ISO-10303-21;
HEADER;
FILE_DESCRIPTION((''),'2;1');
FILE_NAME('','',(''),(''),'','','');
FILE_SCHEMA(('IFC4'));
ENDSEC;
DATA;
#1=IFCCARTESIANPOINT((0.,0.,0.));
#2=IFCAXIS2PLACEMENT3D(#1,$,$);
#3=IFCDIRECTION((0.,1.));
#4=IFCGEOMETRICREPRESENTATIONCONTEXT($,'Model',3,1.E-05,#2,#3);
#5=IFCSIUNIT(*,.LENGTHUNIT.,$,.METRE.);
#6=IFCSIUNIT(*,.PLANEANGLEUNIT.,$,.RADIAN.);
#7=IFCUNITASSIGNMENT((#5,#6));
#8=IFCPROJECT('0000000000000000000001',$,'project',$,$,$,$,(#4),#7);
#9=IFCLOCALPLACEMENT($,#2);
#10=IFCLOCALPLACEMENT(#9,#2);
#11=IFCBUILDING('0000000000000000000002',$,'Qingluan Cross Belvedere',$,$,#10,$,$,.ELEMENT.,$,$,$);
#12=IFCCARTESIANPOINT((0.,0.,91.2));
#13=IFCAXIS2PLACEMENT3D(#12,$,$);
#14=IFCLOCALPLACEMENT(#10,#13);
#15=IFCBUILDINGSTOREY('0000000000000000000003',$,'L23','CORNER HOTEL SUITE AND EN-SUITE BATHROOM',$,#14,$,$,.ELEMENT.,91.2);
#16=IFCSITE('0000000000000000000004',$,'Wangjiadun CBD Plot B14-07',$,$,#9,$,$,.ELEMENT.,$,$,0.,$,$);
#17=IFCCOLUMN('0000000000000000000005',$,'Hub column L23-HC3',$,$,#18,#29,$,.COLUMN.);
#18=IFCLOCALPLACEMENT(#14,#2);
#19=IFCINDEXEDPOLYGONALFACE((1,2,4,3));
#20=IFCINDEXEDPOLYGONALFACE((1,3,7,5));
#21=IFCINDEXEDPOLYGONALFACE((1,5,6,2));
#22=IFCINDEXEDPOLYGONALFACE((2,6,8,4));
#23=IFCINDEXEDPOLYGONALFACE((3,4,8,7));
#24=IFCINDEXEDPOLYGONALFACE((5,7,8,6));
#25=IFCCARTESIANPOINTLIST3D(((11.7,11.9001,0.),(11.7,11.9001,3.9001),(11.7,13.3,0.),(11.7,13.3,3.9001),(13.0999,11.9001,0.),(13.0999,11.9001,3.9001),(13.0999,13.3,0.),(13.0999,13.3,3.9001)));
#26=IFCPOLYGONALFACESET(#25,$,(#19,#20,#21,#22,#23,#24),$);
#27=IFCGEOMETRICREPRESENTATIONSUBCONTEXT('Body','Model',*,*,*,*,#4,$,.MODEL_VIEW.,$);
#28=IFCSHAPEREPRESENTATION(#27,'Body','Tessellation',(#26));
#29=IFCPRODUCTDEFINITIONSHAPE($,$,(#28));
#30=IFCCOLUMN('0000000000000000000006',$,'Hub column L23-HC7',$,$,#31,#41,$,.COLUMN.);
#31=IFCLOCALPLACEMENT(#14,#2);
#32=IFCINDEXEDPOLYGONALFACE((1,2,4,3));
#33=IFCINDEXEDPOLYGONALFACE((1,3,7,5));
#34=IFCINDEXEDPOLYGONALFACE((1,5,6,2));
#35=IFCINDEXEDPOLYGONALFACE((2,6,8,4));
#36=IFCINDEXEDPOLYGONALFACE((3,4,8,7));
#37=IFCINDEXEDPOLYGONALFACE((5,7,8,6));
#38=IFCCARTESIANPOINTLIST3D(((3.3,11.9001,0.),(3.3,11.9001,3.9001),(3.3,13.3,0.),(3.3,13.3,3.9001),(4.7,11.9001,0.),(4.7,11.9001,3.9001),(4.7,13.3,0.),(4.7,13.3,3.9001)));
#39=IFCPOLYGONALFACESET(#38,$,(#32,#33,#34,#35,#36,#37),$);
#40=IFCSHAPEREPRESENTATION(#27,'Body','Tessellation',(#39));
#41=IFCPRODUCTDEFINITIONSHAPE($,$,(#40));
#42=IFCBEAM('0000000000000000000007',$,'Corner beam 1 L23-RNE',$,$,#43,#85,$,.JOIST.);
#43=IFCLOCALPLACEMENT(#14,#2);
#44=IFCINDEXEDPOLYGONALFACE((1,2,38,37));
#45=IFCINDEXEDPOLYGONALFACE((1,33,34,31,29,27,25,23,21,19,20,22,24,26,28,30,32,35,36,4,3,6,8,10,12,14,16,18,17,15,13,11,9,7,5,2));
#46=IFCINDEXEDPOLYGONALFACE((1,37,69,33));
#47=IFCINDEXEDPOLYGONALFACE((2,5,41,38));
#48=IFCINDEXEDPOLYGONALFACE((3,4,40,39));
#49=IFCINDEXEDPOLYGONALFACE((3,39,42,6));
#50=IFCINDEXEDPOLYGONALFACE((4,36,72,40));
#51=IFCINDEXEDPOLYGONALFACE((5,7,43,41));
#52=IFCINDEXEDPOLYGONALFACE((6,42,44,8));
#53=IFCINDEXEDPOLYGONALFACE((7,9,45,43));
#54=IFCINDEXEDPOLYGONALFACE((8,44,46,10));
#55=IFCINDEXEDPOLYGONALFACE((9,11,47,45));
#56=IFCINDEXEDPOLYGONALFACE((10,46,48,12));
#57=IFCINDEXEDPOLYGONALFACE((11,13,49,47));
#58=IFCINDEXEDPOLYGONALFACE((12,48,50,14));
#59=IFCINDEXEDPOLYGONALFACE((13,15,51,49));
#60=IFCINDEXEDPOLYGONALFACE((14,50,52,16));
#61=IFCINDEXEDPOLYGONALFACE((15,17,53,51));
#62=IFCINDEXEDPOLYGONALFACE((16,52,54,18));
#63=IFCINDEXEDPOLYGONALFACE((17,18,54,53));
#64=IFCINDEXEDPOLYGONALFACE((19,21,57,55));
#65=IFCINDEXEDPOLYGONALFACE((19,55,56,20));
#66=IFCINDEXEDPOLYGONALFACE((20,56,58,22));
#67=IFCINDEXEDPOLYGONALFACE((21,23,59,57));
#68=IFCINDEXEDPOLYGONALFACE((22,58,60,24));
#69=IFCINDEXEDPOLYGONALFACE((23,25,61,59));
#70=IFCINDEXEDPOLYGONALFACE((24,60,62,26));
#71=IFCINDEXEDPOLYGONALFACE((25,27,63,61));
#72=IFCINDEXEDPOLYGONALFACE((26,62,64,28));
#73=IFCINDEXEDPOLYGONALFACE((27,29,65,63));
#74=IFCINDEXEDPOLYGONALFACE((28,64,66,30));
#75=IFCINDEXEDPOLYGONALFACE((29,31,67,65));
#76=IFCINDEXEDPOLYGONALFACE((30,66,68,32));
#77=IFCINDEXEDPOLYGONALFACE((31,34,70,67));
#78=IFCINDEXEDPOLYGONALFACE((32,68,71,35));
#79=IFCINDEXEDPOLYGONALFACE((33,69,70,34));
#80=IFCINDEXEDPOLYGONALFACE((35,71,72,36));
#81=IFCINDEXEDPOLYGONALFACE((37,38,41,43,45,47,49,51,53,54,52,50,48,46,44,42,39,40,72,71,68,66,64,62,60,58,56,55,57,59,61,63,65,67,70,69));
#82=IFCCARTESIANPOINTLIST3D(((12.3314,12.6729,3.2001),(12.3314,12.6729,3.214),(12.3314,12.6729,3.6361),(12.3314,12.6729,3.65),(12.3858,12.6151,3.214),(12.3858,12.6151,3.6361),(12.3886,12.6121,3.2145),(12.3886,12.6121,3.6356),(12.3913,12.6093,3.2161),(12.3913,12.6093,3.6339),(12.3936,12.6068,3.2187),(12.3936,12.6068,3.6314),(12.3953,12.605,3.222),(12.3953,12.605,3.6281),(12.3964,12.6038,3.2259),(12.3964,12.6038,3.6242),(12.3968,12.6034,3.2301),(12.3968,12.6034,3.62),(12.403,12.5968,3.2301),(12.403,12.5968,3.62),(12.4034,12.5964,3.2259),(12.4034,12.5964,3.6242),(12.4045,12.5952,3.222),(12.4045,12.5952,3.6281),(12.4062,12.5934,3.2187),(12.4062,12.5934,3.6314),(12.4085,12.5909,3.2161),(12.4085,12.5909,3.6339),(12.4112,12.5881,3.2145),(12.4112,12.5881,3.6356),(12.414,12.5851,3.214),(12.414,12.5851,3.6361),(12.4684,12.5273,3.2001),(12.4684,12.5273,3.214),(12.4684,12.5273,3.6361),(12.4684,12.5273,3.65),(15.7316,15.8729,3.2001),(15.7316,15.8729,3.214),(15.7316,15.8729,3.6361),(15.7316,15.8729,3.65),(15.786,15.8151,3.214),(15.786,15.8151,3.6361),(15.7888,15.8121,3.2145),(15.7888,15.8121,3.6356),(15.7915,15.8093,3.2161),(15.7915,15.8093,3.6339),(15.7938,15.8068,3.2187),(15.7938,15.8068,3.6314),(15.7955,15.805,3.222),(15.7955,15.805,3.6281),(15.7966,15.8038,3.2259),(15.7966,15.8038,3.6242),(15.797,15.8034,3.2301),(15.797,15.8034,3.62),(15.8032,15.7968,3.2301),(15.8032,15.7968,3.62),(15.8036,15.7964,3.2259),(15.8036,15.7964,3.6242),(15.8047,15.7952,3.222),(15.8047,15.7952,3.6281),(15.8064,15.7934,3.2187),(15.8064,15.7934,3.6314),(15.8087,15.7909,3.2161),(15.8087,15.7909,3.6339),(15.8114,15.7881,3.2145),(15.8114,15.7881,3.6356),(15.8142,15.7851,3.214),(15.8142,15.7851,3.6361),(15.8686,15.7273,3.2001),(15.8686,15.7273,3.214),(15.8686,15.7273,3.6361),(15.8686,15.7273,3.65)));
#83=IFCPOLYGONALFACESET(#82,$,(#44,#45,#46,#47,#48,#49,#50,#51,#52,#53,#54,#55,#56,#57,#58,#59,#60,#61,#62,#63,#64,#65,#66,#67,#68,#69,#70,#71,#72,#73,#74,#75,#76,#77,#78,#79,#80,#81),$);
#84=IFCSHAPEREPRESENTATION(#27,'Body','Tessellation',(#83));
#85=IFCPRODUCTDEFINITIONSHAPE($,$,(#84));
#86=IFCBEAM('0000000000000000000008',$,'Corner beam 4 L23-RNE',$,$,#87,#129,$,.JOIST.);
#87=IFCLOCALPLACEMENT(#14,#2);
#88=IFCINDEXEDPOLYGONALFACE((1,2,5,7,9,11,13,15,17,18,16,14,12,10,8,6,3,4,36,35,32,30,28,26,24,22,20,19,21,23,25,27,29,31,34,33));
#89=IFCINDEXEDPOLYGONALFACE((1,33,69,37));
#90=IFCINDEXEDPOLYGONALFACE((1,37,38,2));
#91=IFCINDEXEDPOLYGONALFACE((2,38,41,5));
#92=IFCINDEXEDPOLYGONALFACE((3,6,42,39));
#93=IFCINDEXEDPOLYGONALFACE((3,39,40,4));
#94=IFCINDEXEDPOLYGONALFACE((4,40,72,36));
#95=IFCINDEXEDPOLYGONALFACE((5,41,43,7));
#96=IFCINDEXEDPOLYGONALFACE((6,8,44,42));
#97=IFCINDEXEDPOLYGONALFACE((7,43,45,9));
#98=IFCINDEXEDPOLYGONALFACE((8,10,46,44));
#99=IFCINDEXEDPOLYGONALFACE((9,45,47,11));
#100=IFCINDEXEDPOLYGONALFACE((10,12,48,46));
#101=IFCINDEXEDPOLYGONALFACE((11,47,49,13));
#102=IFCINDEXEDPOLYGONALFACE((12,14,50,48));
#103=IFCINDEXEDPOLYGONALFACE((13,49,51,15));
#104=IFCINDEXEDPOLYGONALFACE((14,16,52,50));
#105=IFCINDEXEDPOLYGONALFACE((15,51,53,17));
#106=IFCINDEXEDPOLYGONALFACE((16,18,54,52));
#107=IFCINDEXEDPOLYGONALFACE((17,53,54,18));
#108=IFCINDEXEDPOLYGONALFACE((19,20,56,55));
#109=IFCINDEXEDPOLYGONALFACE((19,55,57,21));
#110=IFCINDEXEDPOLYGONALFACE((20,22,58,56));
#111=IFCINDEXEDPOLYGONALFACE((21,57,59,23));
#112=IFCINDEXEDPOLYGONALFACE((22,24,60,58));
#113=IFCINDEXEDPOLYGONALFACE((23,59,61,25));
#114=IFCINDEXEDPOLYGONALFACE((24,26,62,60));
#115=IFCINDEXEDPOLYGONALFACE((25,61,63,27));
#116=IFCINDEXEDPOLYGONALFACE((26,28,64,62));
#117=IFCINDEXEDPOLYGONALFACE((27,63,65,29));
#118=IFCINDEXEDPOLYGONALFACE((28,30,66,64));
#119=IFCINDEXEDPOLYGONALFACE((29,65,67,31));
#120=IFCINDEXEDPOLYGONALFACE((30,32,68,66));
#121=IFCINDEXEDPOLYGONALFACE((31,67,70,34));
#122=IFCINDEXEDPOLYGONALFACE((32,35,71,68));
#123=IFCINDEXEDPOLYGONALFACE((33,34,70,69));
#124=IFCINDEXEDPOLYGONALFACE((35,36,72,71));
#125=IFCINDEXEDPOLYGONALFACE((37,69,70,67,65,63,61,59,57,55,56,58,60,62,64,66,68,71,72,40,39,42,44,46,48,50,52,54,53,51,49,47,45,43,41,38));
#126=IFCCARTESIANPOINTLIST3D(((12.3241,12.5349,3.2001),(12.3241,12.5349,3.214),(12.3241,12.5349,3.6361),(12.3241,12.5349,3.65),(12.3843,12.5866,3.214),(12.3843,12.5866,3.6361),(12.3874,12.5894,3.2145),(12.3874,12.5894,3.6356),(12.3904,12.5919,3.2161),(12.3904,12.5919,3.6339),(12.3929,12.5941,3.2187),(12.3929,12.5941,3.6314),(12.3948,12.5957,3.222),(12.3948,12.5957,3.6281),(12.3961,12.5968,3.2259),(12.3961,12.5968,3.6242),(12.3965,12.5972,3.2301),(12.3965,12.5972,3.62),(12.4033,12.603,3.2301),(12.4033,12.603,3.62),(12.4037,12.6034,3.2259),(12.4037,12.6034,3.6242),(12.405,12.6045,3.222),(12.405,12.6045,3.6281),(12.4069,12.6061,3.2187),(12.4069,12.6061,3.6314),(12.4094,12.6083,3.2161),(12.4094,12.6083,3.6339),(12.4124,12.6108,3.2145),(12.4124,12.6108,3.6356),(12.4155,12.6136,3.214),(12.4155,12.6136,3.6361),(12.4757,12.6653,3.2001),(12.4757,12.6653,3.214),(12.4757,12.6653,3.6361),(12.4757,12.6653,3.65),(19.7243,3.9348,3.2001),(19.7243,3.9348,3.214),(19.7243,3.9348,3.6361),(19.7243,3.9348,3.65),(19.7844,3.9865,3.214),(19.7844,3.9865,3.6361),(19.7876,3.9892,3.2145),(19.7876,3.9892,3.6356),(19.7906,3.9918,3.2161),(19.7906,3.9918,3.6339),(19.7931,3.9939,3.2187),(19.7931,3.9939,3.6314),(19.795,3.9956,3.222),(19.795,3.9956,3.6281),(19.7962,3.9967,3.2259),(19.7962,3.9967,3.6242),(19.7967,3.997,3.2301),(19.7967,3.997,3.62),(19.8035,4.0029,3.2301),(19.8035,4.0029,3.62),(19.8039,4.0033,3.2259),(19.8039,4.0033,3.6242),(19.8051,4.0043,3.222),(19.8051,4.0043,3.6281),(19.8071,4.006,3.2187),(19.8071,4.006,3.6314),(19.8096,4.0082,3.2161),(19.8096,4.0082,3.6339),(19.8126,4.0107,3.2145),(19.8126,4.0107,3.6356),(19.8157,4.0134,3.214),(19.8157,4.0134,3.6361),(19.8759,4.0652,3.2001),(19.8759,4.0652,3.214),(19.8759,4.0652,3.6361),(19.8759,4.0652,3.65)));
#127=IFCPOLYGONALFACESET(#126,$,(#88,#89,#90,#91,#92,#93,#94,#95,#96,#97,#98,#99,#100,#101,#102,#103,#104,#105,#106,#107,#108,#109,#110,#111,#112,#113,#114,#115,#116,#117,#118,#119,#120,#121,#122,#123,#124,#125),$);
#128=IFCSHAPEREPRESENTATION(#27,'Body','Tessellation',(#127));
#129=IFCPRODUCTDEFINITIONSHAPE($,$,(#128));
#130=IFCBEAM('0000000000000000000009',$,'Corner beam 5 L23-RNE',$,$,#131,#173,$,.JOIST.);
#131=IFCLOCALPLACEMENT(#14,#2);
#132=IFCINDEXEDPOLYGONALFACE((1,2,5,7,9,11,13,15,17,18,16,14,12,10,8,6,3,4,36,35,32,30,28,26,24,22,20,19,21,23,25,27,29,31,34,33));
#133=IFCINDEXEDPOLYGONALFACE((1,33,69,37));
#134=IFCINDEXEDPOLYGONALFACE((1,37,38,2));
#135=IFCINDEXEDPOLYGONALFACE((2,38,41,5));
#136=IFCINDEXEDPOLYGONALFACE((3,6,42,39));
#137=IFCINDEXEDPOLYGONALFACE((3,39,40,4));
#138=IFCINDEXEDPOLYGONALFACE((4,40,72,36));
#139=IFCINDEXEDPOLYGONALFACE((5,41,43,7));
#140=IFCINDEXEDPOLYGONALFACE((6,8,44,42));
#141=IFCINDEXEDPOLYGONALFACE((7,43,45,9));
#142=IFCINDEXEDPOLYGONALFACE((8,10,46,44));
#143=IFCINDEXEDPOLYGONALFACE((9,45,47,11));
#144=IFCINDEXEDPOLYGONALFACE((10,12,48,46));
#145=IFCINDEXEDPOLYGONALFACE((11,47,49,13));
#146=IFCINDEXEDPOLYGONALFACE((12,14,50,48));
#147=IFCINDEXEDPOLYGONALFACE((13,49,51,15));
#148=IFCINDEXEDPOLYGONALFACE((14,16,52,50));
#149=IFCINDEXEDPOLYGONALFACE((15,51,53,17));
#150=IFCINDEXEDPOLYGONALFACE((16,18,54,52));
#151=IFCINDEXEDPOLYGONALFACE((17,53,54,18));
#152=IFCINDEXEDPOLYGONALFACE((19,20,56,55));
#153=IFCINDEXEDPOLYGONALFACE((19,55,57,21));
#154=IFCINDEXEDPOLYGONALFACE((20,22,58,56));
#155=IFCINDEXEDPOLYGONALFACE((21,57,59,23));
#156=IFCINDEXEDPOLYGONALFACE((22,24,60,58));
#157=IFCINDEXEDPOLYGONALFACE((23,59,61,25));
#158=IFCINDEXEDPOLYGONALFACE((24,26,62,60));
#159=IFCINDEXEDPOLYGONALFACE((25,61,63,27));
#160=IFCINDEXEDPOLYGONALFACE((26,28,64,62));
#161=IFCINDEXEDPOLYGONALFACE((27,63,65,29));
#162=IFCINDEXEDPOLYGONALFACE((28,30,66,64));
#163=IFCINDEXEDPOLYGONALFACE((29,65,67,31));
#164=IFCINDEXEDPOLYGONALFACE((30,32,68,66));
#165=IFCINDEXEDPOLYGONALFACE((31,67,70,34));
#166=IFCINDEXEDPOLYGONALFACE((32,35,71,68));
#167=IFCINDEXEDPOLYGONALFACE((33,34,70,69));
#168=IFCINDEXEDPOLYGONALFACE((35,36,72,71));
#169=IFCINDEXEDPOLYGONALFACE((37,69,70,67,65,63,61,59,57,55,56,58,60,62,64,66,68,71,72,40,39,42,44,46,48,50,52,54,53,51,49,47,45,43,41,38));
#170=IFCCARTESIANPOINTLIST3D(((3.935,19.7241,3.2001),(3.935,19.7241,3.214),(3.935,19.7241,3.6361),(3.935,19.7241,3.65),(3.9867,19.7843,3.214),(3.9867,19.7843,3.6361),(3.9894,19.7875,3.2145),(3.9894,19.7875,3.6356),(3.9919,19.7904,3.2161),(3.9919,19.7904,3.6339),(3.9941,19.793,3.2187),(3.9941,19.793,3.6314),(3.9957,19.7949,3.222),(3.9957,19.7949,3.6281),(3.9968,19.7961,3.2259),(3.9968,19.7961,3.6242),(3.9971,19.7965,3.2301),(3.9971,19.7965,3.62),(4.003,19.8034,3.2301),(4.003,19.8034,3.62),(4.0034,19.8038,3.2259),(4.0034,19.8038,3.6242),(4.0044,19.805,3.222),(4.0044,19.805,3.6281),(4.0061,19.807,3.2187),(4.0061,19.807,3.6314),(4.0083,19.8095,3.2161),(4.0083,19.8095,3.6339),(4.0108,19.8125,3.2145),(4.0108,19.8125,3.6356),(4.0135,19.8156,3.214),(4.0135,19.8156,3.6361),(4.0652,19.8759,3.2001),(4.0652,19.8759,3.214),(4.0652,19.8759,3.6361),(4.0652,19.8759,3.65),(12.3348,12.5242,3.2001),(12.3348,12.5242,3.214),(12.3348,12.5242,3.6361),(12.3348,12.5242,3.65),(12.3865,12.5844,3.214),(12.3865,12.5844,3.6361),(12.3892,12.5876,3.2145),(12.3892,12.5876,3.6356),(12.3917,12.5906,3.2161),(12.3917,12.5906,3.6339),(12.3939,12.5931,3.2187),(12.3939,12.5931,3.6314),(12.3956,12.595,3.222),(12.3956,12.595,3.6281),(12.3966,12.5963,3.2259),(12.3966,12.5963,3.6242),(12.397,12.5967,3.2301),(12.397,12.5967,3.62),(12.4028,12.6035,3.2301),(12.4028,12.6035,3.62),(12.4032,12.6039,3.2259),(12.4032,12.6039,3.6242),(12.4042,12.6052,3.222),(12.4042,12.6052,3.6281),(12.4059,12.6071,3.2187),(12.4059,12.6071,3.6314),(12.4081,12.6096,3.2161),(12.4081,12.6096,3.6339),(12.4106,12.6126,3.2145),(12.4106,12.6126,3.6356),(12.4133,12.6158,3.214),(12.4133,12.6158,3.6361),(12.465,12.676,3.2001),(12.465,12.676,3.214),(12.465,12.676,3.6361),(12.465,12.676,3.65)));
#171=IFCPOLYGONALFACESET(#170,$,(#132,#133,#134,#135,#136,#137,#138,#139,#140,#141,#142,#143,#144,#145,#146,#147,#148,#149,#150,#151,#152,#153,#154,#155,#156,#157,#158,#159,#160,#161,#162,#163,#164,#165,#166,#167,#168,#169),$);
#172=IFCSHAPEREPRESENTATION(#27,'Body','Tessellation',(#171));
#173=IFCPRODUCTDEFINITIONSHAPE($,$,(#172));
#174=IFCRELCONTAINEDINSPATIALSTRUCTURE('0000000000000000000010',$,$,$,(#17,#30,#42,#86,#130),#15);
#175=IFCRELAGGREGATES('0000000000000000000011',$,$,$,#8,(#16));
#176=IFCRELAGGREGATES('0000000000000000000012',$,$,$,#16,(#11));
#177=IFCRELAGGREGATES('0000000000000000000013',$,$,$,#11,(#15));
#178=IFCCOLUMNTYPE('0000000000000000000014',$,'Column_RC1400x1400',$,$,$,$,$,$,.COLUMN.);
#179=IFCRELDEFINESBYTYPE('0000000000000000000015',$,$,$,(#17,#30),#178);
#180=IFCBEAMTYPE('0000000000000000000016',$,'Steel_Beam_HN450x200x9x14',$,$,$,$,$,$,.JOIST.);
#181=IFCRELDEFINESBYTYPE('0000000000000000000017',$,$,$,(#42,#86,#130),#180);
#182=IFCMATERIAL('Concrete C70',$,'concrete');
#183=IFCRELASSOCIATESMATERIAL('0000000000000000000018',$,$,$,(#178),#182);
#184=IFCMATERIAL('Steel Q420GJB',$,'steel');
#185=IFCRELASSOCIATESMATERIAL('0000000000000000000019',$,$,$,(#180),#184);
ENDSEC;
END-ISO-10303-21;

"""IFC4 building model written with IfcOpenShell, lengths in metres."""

from ifc_helpers import new_model, si_unit, direction, frame, origin, origin_2d, place, context, subcontext, project, spatial, rectangle, i_section, extrude, material, material_profile, profile_set, type_object, element, save


model = new_model("IFC4")

# Units and contexts
model_context = context("Model", 3, precision=1e-05, world=origin(), true_north=direction((0.0, 1.0)))
body_context = subcontext(model_context, "Body", "Model", "MODEL_VIEW")
ifc_project = project(units=[si_unit("LENGTHUNIT", "METRE"), si_unit("PLANEANGLEUNIT", "RADIAN")], contexts=[model_context])

# Site, building, storey
site_placement = place(None, origin())
site = spatial("IfcSite", under=ifc_project, at=site_placement, Name="Wangjiadun CBD Plot B14-07", CompositionType="ELEMENT", RefElevation=0.0)
building_placement = place(site_placement, origin())
building = spatial("IfcBuilding", under=site, at=building_placement, Name="Qingluan Cross Belvedere", CompositionType="ELEMENT")
storey_placement = place(building_placement, frame((0.0, 0.0, 91.2)))
storey = spatial("IfcBuildingStorey", under=building, at=storey_placement, Name="L23", Description="CORNER HOTEL SUITE AND EN-SUITE BATHROOM", CompositionType="ELEMENT", Elevation=91.2)

# Columns
ifc_material_1 = material(Name="Concrete C70", Category="concrete")
ifc_material_profile_1 = material_profile(ifc_material_1, rectangle(XDim=1.3999, YDim=1.3999, at=origin_2d()), Name="RC1400x1400")
ifc_profile_set_1 = profile_set([ifc_material_profile_1], Name="Concrete C70")
column_type = type_object("IfcColumnType", Name="Column_RC1400x1400", PredefinedType="COLUMN", material=ifc_profile_set_1)
for number, where, z_axis, x_axis, name in (
    (1, (12.3999, 12.6001, 0.0), (0.0, 0.0, 1.0), (1.0, 0.0, 0.0), "Hub column L23-HC3"),
    (2, (4.0, 12.6001, 0.0), (0.0, 0.0, 1.0), (1.0, 0.0, 0.0), "Hub column L23-HC7"),
):
    element("IfcColumn", number, at=place(storey_placement, frame(where, z_axis=z_axis, x_axis=x_axis)), inside=storey, type_object=column_type, Name=name, PredefinedType="COLUMN", context=body_context, shape_type="SweptSolid", body=[
        extrude(rectangle(XDim=1.3999, YDim=1.3999, at=origin_2d()), origin(), (0.0, 0.0, 1.0), 3.9001),
    ])

# Beams
ifc_material_2 = material(Name="Steel Q420GJB", Category="steel")
ifc_material_profile_2 = material_profile(ifc_material_2, i_section(OverallWidth=0.2, OverallDepth=0.45, WebThickness=0.009, FlangeThickness=0.0139, FilletRadius=0.0161, at=origin_2d()), Name="HN450x200x9x14")
ifc_profile_set_2 = profile_set([ifc_material_profile_2], Name="Steel Q420GJB")
beam_type_1 = type_object("IfcBeamType", Name="Steel_Beam_HN450x200x9x14", PredefinedType="JOIST", material=ifc_profile_set_2)
beam_1_placement = place(storey_placement, frame((12.3999, 12.6001, 3.425), z_axis=(0.72822, 0.685343, 0.0), x_axis=(-0.685343, 0.72822, 0.0)))
element("IfcBeam", 3, at=beam_1_placement, inside=storey, type_object=beam_type_1, Name="Corner beam 1 L23-RNE", PredefinedType="JOIST", context=body_context, shape_type="SweptSolid", body=[
    extrude(i_section(OverallWidth=0.2, OverallDepth=0.45, WebThickness=0.009, FlangeThickness=0.0139, FilletRadius=0.0161, at=origin_2d()), origin(), (0.0, 0.0, 1.0), 4.6692),
])
beam_2_placement = place(storey_placement, frame((12.3999, 12.6001, 3.425), z_axis=(0.652245, -0.758008, 0.0), x_axis=(0.758008, 0.652245, 0.0)))
element("IfcBeam", 4, at=beam_2_placement, inside=storey, type_object=beam_type_1, Name="Corner beam 4 L23-RNE", PredefinedType="JOIST", context=body_context, shape_type="SweptSolid", body=[
    extrude(i_section(OverallWidth=0.2, OverallDepth=0.45, WebThickness=0.009, FlangeThickness=0.0139, FilletRadius=0.0161, at=origin_2d()), origin(), (0.0, 0.0, 1.0), 11.3457),
])
beam_3_placement = place(storey_placement, frame((12.3999, 12.6001, 3.425), z_axis=(-0.759255, 0.650793, 0.0), x_axis=(-0.650793, -0.759255, 0.0)))
element("IfcBeam", 5, at=beam_3_placement, inside=storey, type_object=beam_type_1, Name="Corner beam 5 L23-RNE", PredefinedType="JOIST", context=body_context, shape_type="SweptSolid", body=[
    extrude(i_section(OverallWidth=0.2, OverallDepth=0.45, WebThickness=0.009, FlangeThickness=0.0139, FilletRadius=0.0161, at=origin_2d()), origin(), (0.0, 0.0, 1.0), 11.0632),
])

save(model, "model.ifc")
